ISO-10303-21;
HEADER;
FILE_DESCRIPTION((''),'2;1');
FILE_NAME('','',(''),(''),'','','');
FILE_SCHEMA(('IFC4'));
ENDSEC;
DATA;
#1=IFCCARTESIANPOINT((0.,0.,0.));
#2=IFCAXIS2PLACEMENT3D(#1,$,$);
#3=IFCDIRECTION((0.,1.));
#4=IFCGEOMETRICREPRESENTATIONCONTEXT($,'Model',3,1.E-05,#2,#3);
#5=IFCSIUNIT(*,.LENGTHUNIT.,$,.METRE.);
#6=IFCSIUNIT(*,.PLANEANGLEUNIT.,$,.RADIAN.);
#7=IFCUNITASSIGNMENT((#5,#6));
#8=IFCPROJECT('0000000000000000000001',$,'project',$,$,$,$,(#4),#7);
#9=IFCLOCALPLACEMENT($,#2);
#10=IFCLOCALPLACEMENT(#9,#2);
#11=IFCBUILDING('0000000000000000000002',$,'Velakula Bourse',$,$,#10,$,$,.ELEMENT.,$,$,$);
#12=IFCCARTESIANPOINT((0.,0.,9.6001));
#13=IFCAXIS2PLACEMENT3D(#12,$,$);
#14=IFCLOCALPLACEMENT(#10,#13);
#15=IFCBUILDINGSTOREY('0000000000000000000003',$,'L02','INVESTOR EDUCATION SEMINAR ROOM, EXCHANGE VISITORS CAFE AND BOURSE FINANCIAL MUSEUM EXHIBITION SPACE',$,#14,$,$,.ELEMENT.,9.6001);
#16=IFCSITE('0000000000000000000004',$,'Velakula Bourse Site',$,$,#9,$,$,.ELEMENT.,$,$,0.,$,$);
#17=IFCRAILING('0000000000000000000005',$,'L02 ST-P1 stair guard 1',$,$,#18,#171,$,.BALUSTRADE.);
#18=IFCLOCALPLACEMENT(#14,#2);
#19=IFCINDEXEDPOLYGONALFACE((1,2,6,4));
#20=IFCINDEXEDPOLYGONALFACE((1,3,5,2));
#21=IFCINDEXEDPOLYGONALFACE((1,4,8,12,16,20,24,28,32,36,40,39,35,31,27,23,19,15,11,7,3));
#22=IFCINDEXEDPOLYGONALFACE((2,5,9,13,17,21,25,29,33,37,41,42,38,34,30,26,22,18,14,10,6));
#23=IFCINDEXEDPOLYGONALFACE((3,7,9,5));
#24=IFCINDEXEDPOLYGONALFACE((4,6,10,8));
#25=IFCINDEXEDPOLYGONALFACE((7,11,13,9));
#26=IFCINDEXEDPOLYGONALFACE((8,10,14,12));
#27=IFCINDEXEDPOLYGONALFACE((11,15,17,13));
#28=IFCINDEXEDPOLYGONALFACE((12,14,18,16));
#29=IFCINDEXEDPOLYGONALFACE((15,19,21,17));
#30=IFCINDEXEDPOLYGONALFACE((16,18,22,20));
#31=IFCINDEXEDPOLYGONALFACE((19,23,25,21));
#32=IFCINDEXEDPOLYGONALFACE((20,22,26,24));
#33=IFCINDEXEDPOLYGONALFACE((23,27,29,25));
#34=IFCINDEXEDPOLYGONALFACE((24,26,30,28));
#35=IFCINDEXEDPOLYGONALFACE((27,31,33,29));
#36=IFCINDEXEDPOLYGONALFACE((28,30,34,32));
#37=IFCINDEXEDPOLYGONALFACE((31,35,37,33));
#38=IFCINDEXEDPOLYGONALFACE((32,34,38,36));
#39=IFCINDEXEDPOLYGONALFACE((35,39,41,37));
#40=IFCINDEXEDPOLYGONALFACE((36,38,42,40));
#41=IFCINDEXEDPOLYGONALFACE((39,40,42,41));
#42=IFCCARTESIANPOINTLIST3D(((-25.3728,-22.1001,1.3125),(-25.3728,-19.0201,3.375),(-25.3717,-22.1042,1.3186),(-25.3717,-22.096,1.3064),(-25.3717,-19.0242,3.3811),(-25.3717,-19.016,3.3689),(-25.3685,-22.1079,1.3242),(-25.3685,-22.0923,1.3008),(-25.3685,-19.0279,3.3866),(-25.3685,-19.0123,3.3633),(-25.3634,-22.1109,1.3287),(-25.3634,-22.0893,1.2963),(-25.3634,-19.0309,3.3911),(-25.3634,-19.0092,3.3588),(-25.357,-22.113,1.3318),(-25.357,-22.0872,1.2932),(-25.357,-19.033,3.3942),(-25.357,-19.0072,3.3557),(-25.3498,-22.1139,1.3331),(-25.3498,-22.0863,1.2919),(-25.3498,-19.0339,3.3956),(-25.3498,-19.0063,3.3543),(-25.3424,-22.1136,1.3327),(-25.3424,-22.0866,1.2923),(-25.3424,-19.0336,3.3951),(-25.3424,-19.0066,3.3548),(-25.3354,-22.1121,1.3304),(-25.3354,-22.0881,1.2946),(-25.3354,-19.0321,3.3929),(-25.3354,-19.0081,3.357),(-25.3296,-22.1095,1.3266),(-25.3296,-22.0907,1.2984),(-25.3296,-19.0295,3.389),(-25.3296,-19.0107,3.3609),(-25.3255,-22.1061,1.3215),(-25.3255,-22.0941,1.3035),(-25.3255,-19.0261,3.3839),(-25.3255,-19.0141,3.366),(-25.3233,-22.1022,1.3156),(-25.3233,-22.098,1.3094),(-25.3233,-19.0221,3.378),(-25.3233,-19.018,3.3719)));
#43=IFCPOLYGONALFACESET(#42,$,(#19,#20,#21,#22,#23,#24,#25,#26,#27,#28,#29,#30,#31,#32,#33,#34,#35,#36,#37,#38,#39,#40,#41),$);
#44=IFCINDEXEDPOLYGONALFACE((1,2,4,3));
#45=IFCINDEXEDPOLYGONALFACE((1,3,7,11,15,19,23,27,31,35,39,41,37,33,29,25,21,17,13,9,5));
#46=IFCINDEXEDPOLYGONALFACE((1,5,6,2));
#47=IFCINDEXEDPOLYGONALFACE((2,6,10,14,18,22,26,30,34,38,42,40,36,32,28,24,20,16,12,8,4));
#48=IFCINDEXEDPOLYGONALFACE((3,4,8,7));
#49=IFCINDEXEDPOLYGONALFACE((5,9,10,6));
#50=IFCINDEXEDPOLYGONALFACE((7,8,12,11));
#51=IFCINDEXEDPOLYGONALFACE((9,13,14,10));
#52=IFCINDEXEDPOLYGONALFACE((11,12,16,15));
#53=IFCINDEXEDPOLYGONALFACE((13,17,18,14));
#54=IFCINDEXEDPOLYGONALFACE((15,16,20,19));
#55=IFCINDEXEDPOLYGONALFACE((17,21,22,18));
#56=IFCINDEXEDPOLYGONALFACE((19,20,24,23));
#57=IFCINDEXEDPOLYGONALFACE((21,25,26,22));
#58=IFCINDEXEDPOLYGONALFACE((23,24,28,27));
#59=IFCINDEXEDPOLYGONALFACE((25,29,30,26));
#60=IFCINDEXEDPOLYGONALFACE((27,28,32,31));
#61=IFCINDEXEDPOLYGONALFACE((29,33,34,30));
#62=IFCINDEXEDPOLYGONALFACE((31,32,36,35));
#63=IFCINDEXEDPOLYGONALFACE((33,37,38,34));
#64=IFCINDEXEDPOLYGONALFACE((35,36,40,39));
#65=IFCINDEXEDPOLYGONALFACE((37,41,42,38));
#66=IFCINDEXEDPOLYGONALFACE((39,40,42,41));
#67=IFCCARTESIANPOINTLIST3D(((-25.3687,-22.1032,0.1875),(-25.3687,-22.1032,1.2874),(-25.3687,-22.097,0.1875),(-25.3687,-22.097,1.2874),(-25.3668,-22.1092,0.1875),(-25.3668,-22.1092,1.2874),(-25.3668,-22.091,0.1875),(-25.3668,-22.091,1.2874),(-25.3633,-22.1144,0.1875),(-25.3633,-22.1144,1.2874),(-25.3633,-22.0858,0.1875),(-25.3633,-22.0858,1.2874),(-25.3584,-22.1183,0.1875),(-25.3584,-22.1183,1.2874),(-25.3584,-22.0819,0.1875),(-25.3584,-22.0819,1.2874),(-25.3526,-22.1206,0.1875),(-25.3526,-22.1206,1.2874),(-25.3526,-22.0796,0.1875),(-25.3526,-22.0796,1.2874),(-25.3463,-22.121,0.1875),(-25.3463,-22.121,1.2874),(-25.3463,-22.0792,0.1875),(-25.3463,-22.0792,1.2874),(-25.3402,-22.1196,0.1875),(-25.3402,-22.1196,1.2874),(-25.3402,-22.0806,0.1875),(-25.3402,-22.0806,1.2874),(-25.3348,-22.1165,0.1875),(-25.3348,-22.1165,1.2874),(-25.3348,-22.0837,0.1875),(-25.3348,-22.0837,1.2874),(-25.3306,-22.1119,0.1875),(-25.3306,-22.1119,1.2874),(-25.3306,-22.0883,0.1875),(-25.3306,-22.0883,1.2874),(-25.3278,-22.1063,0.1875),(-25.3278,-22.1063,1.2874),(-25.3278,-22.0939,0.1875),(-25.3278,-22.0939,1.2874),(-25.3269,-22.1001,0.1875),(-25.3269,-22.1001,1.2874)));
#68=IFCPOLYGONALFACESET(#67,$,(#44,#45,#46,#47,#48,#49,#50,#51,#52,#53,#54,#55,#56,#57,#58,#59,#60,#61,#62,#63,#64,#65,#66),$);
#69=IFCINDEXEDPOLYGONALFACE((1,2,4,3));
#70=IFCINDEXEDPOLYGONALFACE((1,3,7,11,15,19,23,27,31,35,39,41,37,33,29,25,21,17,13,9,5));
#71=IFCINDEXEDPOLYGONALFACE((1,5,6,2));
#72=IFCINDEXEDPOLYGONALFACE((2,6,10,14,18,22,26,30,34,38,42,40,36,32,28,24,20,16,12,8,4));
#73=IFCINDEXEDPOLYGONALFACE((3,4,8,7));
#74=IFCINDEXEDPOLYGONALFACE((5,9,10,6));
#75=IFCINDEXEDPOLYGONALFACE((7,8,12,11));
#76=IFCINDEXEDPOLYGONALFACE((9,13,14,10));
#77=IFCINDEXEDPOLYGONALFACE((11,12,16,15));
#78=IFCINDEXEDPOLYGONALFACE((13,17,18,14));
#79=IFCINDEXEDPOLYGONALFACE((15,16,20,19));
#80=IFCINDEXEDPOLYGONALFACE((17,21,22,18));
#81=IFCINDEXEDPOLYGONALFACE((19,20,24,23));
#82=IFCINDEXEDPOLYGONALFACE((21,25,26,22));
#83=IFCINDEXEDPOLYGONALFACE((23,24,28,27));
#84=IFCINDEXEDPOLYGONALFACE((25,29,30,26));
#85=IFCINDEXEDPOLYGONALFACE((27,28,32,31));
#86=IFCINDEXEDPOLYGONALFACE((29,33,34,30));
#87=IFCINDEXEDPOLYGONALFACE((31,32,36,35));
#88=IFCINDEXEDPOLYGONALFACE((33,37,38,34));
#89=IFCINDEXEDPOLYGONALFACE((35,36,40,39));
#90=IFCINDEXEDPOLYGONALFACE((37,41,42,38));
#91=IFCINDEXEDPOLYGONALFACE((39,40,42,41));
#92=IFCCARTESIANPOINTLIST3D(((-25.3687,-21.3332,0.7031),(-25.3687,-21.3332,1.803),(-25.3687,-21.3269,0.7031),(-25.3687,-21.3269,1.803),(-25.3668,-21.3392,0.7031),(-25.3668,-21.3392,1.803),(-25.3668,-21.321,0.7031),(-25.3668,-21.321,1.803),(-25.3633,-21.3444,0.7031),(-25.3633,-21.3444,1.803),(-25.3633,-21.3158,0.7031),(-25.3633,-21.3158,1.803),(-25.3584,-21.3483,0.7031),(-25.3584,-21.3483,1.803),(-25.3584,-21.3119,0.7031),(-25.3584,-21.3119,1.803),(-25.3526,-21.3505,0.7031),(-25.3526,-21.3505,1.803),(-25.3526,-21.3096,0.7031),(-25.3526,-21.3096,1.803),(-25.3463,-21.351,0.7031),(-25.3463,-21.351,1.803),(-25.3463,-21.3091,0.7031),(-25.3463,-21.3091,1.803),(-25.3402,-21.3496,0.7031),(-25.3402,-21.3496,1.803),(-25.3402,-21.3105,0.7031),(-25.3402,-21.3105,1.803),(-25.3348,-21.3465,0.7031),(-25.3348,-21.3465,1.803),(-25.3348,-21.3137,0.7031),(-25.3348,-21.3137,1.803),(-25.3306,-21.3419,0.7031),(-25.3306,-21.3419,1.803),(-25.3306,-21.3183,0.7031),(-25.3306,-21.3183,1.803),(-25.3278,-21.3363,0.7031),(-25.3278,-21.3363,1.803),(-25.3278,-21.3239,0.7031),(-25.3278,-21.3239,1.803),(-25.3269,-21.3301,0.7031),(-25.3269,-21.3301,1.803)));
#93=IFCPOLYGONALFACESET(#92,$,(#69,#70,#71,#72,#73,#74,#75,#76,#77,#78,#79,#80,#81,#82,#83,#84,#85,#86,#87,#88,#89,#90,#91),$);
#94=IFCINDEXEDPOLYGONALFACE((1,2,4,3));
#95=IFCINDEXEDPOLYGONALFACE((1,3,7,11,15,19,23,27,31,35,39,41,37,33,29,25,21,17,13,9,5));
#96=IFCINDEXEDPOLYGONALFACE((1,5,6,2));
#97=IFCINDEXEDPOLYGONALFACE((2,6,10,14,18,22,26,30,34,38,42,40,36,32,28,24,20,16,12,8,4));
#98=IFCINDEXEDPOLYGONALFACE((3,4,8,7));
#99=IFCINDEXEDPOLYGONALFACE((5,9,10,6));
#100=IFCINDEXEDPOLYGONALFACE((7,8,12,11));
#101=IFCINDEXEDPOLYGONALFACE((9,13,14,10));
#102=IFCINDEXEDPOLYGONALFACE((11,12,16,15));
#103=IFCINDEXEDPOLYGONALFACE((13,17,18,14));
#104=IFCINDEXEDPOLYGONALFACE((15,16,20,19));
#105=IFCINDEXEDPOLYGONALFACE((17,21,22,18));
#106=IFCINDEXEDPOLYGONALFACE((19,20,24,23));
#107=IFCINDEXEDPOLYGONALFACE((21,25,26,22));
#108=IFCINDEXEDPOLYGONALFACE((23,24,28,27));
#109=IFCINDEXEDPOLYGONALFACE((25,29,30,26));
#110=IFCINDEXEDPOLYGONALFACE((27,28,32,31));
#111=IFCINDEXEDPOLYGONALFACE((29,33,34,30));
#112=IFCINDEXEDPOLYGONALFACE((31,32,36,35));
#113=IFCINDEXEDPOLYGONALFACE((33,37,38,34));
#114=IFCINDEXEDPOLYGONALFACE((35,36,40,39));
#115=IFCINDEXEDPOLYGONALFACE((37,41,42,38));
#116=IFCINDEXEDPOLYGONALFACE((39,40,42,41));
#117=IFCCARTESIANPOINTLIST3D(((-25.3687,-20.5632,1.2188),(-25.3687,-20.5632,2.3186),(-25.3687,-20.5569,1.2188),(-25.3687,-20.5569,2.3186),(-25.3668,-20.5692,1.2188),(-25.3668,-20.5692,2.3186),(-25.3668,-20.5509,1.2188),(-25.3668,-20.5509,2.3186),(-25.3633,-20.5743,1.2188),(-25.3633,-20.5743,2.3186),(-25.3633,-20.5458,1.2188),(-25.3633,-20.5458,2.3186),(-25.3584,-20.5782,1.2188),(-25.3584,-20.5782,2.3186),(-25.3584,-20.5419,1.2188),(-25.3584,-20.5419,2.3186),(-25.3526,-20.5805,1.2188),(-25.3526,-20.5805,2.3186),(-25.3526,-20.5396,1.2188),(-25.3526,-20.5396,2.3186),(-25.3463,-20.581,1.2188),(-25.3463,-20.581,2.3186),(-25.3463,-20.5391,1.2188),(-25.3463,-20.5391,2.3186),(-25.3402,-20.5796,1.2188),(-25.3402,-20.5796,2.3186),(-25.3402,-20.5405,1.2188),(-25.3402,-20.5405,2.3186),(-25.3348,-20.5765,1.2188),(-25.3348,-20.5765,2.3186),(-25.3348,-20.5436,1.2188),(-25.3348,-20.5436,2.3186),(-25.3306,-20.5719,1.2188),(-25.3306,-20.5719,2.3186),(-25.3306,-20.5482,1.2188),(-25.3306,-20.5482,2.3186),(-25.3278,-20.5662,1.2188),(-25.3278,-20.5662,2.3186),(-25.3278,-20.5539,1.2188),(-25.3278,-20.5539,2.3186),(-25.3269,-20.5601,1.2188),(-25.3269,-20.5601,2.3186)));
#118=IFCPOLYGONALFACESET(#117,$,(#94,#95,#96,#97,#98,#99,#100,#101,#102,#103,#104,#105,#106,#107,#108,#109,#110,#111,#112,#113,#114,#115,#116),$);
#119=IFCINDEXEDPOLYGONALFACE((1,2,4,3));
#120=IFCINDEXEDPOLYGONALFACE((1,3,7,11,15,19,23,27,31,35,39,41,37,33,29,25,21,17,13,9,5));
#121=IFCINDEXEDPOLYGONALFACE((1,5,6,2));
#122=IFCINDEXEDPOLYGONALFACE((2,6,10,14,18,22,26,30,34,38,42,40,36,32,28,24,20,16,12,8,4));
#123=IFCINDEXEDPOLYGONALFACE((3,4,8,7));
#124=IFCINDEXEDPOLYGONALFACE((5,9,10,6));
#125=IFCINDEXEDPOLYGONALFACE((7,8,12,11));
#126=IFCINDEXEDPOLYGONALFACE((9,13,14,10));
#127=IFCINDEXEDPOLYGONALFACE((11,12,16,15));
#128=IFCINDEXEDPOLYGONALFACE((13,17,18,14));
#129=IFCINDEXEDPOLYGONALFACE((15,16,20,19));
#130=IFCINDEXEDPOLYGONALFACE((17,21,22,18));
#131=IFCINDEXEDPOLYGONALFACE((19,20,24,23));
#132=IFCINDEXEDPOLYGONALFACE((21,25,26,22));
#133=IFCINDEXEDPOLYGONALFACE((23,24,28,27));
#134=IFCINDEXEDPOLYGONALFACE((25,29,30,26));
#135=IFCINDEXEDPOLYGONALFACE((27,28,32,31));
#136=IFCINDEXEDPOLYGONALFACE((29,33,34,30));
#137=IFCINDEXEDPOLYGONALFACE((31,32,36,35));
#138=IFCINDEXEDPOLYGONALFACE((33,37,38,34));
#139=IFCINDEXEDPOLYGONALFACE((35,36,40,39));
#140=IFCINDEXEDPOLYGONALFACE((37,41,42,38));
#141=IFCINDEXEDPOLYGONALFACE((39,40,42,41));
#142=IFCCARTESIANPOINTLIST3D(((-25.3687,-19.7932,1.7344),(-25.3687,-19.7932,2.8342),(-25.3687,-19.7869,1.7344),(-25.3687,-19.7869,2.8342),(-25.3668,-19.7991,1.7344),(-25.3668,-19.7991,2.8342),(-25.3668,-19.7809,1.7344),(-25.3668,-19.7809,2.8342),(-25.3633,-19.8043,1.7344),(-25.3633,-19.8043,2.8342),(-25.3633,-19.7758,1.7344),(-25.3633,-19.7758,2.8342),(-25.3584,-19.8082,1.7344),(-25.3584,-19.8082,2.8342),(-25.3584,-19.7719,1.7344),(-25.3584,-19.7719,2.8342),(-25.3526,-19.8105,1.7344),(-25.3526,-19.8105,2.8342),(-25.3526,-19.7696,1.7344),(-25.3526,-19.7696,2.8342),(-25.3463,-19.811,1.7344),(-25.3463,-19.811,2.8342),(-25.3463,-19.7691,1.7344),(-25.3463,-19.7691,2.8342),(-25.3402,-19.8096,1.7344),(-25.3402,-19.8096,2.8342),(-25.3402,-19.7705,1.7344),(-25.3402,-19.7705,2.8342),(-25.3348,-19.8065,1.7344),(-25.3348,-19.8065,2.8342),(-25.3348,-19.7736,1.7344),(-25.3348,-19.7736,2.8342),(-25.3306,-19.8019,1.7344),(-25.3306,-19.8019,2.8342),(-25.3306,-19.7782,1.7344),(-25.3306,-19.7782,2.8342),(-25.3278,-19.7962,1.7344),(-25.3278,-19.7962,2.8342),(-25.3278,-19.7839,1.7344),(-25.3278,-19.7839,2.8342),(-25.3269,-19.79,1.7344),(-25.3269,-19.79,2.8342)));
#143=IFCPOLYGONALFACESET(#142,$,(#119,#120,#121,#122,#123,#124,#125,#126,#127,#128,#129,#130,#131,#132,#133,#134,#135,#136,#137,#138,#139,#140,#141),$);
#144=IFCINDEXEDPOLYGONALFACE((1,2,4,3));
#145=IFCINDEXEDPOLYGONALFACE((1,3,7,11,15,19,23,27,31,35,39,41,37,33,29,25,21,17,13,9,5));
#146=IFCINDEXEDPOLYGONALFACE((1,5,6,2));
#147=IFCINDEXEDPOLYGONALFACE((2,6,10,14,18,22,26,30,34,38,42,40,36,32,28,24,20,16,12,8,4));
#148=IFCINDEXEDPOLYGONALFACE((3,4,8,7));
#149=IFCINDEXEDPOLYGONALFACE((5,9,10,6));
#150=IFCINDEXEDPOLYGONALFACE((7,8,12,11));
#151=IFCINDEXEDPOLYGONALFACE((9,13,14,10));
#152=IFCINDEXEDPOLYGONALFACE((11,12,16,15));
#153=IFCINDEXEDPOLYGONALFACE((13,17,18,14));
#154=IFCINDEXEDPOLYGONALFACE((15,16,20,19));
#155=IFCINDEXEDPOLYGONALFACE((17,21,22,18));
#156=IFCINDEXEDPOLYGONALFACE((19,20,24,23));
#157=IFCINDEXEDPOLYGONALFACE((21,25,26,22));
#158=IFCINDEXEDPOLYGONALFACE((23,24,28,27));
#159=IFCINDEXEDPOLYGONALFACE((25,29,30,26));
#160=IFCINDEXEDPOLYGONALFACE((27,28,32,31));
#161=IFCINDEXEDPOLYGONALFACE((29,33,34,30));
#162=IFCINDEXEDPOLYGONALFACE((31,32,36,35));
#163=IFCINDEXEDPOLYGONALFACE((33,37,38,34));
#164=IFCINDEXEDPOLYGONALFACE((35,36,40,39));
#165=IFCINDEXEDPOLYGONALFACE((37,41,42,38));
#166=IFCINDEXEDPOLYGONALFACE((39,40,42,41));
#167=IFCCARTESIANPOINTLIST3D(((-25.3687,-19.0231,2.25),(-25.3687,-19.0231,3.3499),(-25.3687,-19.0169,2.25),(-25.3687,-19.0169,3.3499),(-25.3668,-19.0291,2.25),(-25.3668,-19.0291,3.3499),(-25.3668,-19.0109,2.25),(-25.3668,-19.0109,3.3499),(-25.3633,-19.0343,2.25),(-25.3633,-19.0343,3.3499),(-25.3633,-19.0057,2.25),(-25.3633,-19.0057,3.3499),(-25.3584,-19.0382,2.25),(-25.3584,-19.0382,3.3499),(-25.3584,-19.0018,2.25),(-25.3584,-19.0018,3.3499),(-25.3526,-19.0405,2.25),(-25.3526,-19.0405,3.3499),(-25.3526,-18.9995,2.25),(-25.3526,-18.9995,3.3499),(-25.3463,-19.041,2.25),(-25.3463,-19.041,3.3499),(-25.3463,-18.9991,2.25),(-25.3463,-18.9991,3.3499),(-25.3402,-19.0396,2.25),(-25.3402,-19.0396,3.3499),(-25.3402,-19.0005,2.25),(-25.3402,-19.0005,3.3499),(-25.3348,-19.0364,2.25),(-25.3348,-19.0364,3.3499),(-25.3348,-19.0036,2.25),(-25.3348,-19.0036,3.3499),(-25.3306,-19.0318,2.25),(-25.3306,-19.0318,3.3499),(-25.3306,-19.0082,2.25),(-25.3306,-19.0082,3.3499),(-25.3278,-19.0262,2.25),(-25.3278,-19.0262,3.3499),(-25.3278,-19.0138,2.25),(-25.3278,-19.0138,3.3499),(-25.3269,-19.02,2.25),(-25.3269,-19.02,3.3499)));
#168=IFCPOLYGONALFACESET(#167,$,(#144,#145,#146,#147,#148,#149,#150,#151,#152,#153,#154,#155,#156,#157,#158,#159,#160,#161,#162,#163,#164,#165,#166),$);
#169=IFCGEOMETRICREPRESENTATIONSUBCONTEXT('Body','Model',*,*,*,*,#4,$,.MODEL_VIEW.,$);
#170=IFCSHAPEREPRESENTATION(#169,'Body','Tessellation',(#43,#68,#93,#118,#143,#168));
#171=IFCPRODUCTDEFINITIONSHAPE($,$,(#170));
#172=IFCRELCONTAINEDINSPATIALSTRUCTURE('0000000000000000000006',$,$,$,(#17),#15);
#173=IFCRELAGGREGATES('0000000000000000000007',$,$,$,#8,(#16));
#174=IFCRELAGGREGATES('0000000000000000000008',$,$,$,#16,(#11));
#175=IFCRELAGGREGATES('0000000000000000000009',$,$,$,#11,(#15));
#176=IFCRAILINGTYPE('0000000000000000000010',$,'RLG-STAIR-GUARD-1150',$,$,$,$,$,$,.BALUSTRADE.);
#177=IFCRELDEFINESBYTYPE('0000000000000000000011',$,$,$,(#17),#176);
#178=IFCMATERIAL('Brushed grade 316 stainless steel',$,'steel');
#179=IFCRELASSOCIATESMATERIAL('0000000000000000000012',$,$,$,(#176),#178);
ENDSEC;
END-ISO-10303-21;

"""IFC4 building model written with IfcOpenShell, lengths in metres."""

from ifc_helpers import new_model, si_unit, direction, frame, origin, origin_2d, place, context, subcontext, project, spatial, circle, extrude, material, type_object, element, save


model = new_model("IFC4")

# Units and contexts
model_context = context("Model", 3, precision=1e-05, world=origin(), true_north=direction((0.0, 1.0)))
body_context = subcontext(model_context, "Body", "Model", "MODEL_VIEW")
ifc_project = project(units=[si_unit("LENGTHUNIT", "METRE"), si_unit("PLANEANGLEUNIT", "RADIAN")], contexts=[model_context])

# Site, building, storey
site_placement = place(None, origin())
site = spatial("IfcSite", under=ifc_project, at=site_placement, Name="Velakula Bourse Site", CompositionType="ELEMENT", RefElevation=0.0)
building_placement = place(site_placement, origin())
building = spatial("IfcBuilding", under=site, at=building_placement, Name="Velakula Bourse", CompositionType="ELEMENT")
storey_placement = place(building_placement, frame((0.0, 0.0, 9.6001)))
storey = spatial("IfcBuildingStorey", under=building, at=storey_placement, Name="L02", Description="INVESTOR EDUCATION SEMINAR ROOM, EXCHANGE VISITORS CAFE AND BOURSE FINANCIAL MUSEUM EXHIBITION SPACE", CompositionType="ELEMENT", Elevation=9.6001)

# Railing
ifc_material_1 = material(Name="Brushed grade 316 stainless steel", Category="steel")
railing_type_1 = type_object("IfcRailingType", Name="RLG-STAIR-GUARD-1150", PredefinedType="BALUSTRADE", material=ifc_material_1)
railing_1_placement = place(storey_placement, frame((-25.3479, -22.1001, 0.1875)))
element("IfcRailing", 1, at=railing_1_placement, inside=storey, type_object=railing_type_1, Name="L02 ST-P1 stair guard 1", PredefinedType="BALUSTRADE", context=body_context, shape_type="SweptSolid", body=[
    extrude(circle(Radius=0.0249, at=origin_2d()), frame((0.0, 0.0, 1.125), z_axis=(0.0, 0.830914, 0.556401), x_axis=(-1.0, 0.0, 0.0)), (0.0, 0.0, 1.0), 3.7068),
    extrude(circle(Radius=0.021, at=origin_2d()), origin(), (0.0, 0.0, 1.0), 1.0999),
    extrude(circle(Radius=0.021, at=origin_2d()), frame((0.0, 0.77, 0.5156)), (0.0, 0.0, 1.0), 1.0999),
    extrude(circle(Radius=0.021, at=origin_2d()), frame((0.0, 1.54, 1.0312)), (0.0, 0.0, 1.0), 1.0999),
    extrude(circle(Radius=0.021, at=origin_2d()), frame((0.0, 2.3101, 1.5469)), (0.0, 0.0, 1.0), 1.0999),
    extrude(circle(Radius=0.021, at=origin_2d()), frame((0.0, 3.0801, 2.0625)), (0.0, 0.0, 1.0), 1.0999),
])

save(model, "model.ifc")
